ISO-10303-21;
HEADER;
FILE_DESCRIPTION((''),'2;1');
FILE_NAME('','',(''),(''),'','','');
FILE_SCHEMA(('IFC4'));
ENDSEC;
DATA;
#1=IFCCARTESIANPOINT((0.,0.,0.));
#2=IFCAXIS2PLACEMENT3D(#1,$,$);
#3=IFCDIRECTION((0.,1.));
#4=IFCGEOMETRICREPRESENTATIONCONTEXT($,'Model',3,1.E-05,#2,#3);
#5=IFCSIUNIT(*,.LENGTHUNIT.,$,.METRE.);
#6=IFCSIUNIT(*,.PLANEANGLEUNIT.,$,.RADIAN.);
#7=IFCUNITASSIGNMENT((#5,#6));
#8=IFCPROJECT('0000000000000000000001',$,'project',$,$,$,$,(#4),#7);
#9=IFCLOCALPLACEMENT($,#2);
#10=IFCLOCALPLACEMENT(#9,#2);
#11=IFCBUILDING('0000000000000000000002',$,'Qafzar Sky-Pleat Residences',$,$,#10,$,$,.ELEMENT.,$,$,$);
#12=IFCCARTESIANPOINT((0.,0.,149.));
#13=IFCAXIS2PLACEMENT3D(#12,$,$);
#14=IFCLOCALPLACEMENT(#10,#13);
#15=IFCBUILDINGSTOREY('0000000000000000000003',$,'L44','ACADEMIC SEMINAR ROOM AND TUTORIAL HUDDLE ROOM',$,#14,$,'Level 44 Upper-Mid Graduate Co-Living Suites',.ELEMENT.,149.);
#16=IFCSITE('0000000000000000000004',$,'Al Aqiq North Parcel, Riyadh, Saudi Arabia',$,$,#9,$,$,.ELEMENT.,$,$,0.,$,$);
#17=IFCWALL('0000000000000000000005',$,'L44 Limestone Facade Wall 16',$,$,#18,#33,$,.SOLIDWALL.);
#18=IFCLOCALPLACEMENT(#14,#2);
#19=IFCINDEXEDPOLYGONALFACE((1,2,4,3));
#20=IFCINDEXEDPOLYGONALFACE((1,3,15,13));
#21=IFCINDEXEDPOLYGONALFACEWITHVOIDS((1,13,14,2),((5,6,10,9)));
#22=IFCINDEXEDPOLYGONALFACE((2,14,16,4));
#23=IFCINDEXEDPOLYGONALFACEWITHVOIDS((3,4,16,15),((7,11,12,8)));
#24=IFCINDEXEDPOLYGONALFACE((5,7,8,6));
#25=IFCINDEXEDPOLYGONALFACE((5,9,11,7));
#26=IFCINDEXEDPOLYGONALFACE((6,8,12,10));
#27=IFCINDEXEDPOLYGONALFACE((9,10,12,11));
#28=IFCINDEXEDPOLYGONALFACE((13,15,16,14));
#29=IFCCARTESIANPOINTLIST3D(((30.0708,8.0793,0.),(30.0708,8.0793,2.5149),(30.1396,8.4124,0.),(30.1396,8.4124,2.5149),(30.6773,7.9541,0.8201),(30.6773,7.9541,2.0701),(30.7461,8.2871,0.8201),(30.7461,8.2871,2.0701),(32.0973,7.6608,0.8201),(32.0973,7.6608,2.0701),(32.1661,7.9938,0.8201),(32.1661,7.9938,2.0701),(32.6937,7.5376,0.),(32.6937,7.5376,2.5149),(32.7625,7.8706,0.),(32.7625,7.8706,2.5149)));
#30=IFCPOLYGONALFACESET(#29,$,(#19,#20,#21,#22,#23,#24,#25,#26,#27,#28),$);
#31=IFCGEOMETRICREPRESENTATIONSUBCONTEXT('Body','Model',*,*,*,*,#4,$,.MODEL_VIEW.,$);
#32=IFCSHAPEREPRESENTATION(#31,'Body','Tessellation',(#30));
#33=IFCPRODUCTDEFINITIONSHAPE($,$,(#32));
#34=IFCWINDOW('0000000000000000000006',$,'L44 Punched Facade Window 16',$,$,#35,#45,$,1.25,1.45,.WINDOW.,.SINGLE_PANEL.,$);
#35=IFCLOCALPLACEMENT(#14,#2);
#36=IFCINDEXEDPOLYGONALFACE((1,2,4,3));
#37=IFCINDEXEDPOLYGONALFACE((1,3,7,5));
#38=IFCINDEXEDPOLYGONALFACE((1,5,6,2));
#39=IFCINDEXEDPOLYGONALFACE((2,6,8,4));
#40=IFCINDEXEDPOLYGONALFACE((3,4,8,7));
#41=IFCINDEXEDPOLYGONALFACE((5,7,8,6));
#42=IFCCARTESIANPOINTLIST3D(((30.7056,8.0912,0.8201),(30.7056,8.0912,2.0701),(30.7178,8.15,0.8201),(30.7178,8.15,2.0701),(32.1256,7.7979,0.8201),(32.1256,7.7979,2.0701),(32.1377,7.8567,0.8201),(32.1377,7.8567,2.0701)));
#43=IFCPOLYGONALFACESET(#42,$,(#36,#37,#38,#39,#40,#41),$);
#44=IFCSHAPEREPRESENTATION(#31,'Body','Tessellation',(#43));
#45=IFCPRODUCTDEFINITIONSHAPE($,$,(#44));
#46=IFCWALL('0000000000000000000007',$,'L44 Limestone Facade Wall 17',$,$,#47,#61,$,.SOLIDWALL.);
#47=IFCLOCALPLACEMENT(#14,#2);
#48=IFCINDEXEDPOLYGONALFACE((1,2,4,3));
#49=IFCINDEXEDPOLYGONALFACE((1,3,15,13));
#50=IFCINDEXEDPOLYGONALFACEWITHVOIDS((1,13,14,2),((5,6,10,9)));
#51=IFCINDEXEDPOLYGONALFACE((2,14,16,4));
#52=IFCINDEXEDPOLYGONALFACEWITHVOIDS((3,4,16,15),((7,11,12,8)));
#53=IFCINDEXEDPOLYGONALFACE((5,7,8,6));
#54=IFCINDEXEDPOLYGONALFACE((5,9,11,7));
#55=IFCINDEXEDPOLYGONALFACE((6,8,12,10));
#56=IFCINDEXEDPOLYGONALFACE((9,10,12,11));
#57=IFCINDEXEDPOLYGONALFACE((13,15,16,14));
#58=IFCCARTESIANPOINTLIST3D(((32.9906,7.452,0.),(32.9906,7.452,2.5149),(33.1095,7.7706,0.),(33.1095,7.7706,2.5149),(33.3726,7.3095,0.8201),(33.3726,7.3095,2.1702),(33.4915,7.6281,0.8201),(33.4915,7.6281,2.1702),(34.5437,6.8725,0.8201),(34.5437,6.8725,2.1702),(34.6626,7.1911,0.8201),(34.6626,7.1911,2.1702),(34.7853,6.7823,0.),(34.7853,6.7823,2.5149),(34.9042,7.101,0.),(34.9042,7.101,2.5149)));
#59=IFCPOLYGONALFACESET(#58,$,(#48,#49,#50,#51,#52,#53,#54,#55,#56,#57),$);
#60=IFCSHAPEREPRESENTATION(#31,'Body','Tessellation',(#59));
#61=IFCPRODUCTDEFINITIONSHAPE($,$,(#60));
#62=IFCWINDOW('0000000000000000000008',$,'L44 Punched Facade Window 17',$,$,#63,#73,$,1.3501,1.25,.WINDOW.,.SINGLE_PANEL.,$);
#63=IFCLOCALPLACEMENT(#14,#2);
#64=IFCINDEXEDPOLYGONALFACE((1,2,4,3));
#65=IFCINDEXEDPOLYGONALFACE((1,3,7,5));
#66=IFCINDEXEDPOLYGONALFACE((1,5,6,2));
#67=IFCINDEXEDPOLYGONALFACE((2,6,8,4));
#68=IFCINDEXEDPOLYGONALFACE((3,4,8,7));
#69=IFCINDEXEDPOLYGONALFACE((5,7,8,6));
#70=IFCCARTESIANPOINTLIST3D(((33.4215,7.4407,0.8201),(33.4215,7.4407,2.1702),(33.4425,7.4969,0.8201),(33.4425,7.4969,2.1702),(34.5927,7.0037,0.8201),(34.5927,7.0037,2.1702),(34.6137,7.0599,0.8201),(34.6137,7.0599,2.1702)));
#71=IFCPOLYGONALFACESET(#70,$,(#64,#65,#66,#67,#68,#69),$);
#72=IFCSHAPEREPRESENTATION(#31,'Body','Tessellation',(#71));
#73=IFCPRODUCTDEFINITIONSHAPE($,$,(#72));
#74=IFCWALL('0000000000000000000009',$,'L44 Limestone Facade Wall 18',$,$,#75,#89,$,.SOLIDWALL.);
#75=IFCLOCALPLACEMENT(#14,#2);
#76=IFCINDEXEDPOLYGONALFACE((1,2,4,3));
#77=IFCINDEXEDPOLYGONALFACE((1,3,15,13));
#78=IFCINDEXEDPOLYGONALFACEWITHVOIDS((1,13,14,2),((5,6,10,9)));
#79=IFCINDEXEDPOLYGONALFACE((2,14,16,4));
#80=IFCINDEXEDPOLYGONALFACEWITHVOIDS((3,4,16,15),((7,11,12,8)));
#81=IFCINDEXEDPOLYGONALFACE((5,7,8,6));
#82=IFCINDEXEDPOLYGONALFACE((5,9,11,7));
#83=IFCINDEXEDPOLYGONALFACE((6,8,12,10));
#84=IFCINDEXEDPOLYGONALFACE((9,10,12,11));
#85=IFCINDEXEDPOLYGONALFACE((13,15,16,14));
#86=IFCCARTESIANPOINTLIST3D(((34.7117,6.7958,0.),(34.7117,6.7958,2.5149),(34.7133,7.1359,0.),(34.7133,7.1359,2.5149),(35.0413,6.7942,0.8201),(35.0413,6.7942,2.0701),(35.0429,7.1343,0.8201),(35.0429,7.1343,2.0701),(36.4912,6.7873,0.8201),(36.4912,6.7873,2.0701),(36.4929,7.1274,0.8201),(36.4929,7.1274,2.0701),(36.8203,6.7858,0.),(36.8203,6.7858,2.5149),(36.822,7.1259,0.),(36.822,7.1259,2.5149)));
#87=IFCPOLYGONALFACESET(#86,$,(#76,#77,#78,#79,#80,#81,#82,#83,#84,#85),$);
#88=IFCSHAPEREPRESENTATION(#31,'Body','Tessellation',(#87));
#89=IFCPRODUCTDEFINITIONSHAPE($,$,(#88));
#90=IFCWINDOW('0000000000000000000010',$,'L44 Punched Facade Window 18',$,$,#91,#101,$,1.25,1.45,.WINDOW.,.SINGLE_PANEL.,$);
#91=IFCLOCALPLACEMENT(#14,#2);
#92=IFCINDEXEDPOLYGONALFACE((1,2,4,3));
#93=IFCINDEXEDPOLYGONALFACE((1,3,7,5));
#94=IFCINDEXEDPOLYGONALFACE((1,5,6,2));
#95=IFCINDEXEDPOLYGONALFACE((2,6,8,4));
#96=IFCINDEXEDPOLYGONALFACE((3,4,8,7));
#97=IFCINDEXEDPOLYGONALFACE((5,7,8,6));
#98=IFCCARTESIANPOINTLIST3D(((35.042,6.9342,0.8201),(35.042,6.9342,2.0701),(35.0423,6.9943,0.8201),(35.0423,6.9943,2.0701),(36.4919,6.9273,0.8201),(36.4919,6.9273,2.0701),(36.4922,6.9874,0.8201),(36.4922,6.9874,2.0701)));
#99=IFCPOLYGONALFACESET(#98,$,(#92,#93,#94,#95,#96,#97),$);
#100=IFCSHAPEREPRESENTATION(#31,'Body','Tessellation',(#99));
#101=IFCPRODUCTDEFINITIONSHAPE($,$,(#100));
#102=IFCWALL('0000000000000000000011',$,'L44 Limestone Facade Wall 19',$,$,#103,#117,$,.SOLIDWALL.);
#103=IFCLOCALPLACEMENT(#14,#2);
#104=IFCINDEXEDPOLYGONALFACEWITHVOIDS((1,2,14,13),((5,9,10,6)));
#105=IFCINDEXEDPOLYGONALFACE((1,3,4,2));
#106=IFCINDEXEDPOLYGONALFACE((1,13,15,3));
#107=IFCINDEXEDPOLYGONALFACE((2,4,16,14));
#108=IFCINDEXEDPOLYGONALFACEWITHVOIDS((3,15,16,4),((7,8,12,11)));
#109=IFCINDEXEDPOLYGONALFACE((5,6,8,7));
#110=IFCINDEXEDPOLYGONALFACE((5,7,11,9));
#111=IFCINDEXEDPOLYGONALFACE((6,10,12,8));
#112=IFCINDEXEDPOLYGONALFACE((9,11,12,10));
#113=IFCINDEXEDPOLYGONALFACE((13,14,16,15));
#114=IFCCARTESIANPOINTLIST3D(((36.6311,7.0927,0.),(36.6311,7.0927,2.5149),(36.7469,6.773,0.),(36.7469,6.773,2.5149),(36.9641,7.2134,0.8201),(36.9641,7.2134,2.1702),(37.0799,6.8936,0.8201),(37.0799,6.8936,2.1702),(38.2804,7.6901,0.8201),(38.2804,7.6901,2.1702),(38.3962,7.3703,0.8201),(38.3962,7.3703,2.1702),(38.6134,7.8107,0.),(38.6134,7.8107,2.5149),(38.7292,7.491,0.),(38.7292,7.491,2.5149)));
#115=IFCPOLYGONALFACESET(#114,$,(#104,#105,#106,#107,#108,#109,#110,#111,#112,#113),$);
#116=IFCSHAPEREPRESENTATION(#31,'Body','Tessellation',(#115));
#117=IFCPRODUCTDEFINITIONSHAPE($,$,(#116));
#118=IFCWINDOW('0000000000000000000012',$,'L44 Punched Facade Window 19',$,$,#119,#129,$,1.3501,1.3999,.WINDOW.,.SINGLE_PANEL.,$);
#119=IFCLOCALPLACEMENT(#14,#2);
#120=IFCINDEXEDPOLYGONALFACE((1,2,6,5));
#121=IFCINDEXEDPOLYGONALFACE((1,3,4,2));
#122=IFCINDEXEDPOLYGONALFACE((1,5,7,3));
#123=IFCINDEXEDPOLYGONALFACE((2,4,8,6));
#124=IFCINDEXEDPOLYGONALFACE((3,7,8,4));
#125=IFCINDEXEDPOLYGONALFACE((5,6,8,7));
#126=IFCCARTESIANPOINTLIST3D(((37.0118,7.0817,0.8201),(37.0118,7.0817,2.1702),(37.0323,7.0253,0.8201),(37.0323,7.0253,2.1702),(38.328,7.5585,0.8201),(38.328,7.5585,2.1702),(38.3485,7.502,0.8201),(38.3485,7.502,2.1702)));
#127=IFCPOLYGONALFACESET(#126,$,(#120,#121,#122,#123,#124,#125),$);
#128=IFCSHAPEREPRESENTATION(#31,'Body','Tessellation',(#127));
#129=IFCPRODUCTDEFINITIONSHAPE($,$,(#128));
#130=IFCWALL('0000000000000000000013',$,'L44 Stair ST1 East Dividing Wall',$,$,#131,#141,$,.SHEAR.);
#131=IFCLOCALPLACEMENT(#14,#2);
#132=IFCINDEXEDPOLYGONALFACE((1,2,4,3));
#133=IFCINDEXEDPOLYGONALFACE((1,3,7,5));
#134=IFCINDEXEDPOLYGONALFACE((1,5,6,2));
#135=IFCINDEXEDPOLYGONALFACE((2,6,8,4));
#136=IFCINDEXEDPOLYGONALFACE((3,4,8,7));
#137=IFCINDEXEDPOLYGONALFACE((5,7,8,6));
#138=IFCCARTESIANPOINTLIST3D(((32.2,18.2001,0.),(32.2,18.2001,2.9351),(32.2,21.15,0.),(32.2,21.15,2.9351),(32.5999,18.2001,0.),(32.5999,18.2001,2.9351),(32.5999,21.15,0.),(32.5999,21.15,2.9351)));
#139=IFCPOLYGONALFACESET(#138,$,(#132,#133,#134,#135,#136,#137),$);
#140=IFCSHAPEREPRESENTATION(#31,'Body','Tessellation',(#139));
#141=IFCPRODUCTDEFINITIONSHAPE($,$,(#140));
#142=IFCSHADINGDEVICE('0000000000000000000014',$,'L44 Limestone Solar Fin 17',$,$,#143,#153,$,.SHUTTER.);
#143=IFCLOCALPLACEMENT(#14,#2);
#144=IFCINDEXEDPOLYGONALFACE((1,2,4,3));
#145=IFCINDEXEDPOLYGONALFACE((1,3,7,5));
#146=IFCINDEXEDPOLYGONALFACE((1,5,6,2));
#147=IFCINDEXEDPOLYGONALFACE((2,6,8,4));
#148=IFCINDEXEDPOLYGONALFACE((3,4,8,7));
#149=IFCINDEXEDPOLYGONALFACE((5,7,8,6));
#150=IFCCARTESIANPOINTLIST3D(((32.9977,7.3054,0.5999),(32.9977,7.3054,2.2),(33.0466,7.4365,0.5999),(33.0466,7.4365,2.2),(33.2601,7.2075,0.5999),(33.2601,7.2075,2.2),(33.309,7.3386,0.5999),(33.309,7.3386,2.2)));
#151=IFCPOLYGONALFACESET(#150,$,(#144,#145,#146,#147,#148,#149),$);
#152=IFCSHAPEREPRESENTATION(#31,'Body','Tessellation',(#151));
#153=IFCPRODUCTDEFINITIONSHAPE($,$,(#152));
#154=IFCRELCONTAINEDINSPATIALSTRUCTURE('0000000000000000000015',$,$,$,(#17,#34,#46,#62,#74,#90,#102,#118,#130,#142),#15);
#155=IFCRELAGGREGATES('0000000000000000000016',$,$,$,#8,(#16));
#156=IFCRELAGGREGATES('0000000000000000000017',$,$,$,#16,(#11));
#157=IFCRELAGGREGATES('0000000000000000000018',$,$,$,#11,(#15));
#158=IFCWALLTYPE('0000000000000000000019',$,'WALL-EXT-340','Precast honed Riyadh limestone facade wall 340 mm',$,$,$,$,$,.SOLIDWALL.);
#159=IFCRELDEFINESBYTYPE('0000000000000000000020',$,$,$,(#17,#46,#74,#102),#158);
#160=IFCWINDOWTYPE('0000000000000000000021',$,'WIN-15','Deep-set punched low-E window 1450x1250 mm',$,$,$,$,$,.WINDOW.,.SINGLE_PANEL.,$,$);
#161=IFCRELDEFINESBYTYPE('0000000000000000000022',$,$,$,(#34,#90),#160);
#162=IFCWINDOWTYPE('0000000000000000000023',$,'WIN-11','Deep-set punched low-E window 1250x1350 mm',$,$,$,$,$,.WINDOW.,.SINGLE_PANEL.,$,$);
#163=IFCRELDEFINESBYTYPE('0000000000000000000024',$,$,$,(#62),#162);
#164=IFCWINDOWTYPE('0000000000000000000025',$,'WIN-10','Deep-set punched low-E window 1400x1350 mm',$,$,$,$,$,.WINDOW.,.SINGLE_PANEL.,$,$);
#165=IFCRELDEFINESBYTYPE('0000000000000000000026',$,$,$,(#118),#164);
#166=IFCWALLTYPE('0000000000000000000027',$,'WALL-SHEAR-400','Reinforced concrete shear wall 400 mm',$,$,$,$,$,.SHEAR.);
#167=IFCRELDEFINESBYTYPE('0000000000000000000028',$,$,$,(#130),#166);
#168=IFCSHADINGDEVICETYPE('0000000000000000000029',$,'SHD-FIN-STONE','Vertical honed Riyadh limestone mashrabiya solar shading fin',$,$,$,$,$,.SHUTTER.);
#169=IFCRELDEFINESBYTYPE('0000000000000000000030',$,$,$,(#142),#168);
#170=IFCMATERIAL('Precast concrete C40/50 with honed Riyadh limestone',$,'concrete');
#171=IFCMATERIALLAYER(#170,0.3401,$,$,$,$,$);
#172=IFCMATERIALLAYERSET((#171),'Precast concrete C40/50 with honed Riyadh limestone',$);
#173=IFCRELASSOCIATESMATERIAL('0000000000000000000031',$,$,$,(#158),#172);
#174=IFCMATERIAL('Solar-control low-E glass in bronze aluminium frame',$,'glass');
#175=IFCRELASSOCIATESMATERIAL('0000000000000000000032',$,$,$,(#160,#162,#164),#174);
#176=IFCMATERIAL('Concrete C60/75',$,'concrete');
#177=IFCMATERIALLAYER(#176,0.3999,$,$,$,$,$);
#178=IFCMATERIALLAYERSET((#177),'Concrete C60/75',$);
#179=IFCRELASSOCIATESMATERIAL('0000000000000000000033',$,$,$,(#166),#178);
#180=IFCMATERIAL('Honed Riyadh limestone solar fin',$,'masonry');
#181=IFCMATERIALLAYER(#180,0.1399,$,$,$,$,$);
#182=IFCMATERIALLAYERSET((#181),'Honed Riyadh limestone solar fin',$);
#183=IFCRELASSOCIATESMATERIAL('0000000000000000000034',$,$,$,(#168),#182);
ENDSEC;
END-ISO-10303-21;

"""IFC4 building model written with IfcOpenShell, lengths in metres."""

from ifc_helpers import new_model, si_unit, direction, frame, frame_2d, origin, origin_2d, place, context, subcontext, project, spatial, rectangle, extrude, source, transform, mapped, material, layer, layer_set, type_object, element, fill, save


model = new_model("IFC4")

# Units and contexts
model_context = context("Model", 3, precision=1e-05, world=origin(), true_north=direction((0.0, 1.0)))
body_context = subcontext(model_context, "Body", "Model", "MODEL_VIEW")
ifc_project = project(units=[si_unit("LENGTHUNIT", "METRE"), si_unit("PLANEANGLEUNIT", "RADIAN")], contexts=[model_context])

# Site, building, storey
site_placement = place(None, origin())
site = spatial("IfcSite", under=ifc_project, at=site_placement, Name="Al Aqiq North Parcel, Riyadh, Saudi Arabia", CompositionType="ELEMENT", RefElevation=0.0)
building_placement = place(site_placement, origin())
building = spatial("IfcBuilding", under=site, at=building_placement, Name="Qafzar Sky-Pleat Residences", CompositionType="ELEMENT")
storey_placement = place(building_placement, frame((0.0, 0.0, 149.0)))
storey = spatial("IfcBuildingStorey", under=building, at=storey_placement, Name="L44", Description="ACADEMIC SEMINAR ROOM AND TUTORIAL HUDDLE ROOM", LongName="Level 44 Upper-Mid Graduate Co-Living Suites", CompositionType="ELEMENT", Elevation=149.0)

# Shared definitions
ifc_material_1 = material(Name="Concrete C60/75", Category="concrete")

# Walls, openings, windows
ifc_material_2 = material(Name="Precast concrete C40/50 with honed Riyadh limestone", Category="concrete")
ifc_layer_1 = layer(ifc_material_2, 0.3401)
ifc_layer_set_1 = layer_set([ifc_layer_1], Name="Precast concrete C40/50 with honed Riyadh limestone")
wall_type_1 = type_object("IfcWallType", Name="WALL-EXT-340", Description="Precast honed Riyadh limestone facade wall 340 mm", PredefinedType="SOLIDWALL", material=ifc_layer_set_1)
ifc_material_3 = material(Name="Solar-control low-E glass in bronze aluminium frame", Category="glass")
wall_1_placement = place(storey_placement, frame((30.1052, 8.2458, 0.0), z_axis=(0.0, 0.0, 1.0), x_axis=(0.979327, -0.202283, 0.0)))
wall_1 = element("IfcWall", 1, at=wall_1_placement, inside=storey, type_object=wall_type_1, Name="L44 Limestone Facade Wall 16", PredefinedType="SOLIDWALL", context=body_context, shape_type="SweptSolid", body=[
    extrude(rectangle(XDim=2.6782, YDim=0.3401, at=frame_2d((1.3391, 0.0))), origin(), (0.0, 0.0, 1.0), 2.5149),
])
opening_1_placement = place(wall_1_placement, frame((0.6191, 0.0, 0.8201)))
opening_1 = element("IfcOpeningElement", 2, at=opening_1_placement, cuts=wall_1, PredefinedType="OPENING", context=body_context, shape_type="SweptSolid", body=[
    extrude(rectangle(XDim=1.45, YDim=1.25, at=frame_2d((0.7251, 0.625))), frame((0.0, 0.1802, 0.0), z_axis=(0.0, -1.0, 0.0), x_axis=(1.0, 0.0, 0.0)), (0.0, 0.0, 1.0), 0.3601),
])
window_type_1 = type_object("IfcWindowType", Name="WIN-15", Description="Deep-set punched low-E window 1450x1250 mm", PartitioningType="SINGLE_PANEL", PredefinedType="WINDOW", material=ifc_material_3)
shared_shape_1 = source(origin(), body_context, "Body", "SweptSolid", [
    extrude(rectangle(XDim=1.45, YDim=1.25, at=frame_2d((0.7251, 0.625))), frame((0.0, 0.03, 0.0), z_axis=(0.0, -1.0, 0.0), x_axis=(1.0, 0.0, 0.0)), (0.0, 0.0, 1.0), 0.0601),
])
window_1_placement = place(opening_1_placement, origin())
window_1 = element("IfcWindow", 3, at=window_1_placement, inside=storey, type_object=window_type_1, Name="L44 Punched Facade Window 16", OverallHeight=1.25, OverallWidth=1.45, PartitioningType="SINGLE_PANEL", PredefinedType="WINDOW", context=body_context, shape_type="MappedRepresentation", body=[
    mapped(shared_shape_1, transform((0.0, 0.0, 0.0), x_axis=(1.0, 0.0, 0.0), y_axis=(0.0, 1.0, 0.0), z_axis=(0.0, 0.0, 1.0), scale=1.0)),
])
fill(opening_1, window_1)
wall_2_placement = place(storey_placement, frame((33.05, 7.6113, 0.0), z_axis=(0.0, 0.0, 1.0), x_axis=(0.936899, -0.349601, 0.0)))
wall_2 = element("IfcWall", 4, at=wall_2_placement, inside=storey, type_object=wall_type_1, Name="L44 Limestone Facade Wall 17", PredefinedType="SOLIDWALL", context=body_context, shape_type="SweptSolid", body=[
    extrude(rectangle(XDim=1.9155, YDim=0.3401, at=frame_2d((0.9578, 0.0))), origin(), (0.0, 0.0, 1.0), 2.5149),
])
opening_2_placement = place(wall_2_placement, frame((0.4077, 0.0, 0.8201)))
opening_2 = element("IfcOpeningElement", 5, at=opening_2_placement, cuts=wall_2, PredefinedType="OPENING", context=body_context, shape_type="SweptSolid", body=[
    extrude(rectangle(XDim=1.25, YDim=1.3501, at=frame_2d((0.625, 0.675))), frame((0.0, 0.1802, 0.0), z_axis=(0.0, -1.0, 0.0), x_axis=(1.0, 0.0, 0.0)), (0.0, 0.0, 1.0), 0.3601),
])
window_type_2 = type_object("IfcWindowType", Name="WIN-11", Description="Deep-set punched low-E window 1250x1350 mm", PartitioningType="SINGLE_PANEL", PredefinedType="WINDOW", material=ifc_material_3)
shared_shape_2 = source(origin(), body_context, "Body", "SweptSolid", [
    extrude(rectangle(XDim=1.25, YDim=1.3501, at=frame_2d((0.625, 0.675))), frame((0.0, 0.03, 0.0), z_axis=(0.0, -1.0, 0.0), x_axis=(1.0, 0.0, 0.0)), (0.0, 0.0, 1.0), 0.0601),
])
window_2_placement = place(opening_2_placement, origin())
window_2 = element("IfcWindow", 6, at=window_2_placement, inside=storey, type_object=window_type_2, Name="L44 Punched Facade Window 17", OverallHeight=1.3501, OverallWidth=1.25, PartitioningType="SINGLE_PANEL", PredefinedType="WINDOW", context=body_context, shape_type="MappedRepresentation", body=[
    mapped(shared_shape_2, transform((0.0, 0.0, 0.0), x_axis=(1.0, 0.0, 0.0), y_axis=(0.0, 1.0, 0.0), z_axis=(0.0, 0.0, 1.0), scale=1.0)),
])
fill(opening_2, window_2)
wall_3_placement = place(storey_placement, frame((34.7126, 6.9658, 0.0), z_axis=(0.0, 0.0, 1.0), x_axis=(0.999989, -0.004747, 0.0)))
wall_3 = element("IfcWall", 7, at=wall_3_placement, inside=storey, type_object=wall_type_1, Name="L44 Limestone Facade Wall 18", PredefinedType="SOLIDWALL", context=body_context, shape_type="SweptSolid", body=[
    extrude(rectangle(XDim=2.1086, YDim=0.3401, at=frame_2d((1.0542, 0.0))), origin(), (0.0, 0.0, 1.0), 2.5149),
])
opening_3_placement = place(wall_3_placement, frame((0.3293, 0.0, 0.8201)))
opening_3 = element("IfcOpeningElement", 8, at=opening_3_placement, cuts=wall_3, PredefinedType="OPENING", context=body_context, shape_type="SweptSolid", body=[
    extrude(rectangle(XDim=1.45, YDim=1.25, at=frame_2d((0.7251, 0.625))), frame((0.0, 0.1802, 0.0), z_axis=(0.0, -1.0, 0.0), x_axis=(1.0, 0.0, 0.0)), (0.0, 0.0, 1.0), 0.3601),
])
window_3_placement = place(opening_3_placement, origin())
window_3 = element("IfcWindow", 9, at=window_3_placement, inside=storey, type_object=window_type_1, Name="L44 Punched Facade Window 18", OverallHeight=1.25, OverallWidth=1.45, PartitioningType="SINGLE_PANEL", PredefinedType="WINDOW", context=body_context, shape_type="MappedRepresentation", body=[
    mapped(shared_shape_1, transform((0.0, 0.0, 0.0), x_axis=(1.0, 0.0, 0.0), y_axis=(0.0, 1.0, 0.0), z_axis=(0.0, 0.0, 1.0), scale=1.0)),
])
fill(opening_3, window_3)
wall_4_placement = place(storey_placement, frame((36.689, 6.9329, 0.0), z_axis=(0.0, 0.0, 1.0), x_axis=(0.940229, 0.340543, 0.0)))
wall_4 = element("IfcWall", 10, at=wall_4_placement, inside=storey, type_object=wall_type_1, Name="L44 Limestone Facade Wall 19", PredefinedType="SOLIDWALL", context=body_context, shape_type="SweptSolid", body=[
    extrude(rectangle(XDim=2.1084, YDim=0.3401, at=frame_2d((1.0542, 0.0))), origin(), (0.0, 0.0, 1.0), 2.5149),
])
opening_4_placement = place(wall_4_placement, frame((0.3542, 0.0, 0.8201)))
opening_4 = element("IfcOpeningElement", 11, at=opening_4_placement, cuts=wall_4, PredefinedType="OPENING", context=body_context, shape_type="SweptSolid", body=[
    extrude(rectangle(XDim=1.3999, YDim=1.3501, at=frame_2d((0.7, 0.675))), frame((0.0, 0.1802, 0.0), z_axis=(0.0, -1.0, 0.0), x_axis=(1.0, 0.0, 0.0)), (0.0, 0.0, 1.0), 0.3601),
])
window_type_3 = type_object("IfcWindowType", Name="WIN-10", Description="Deep-set punched low-E window 1400x1350 mm", PartitioningType="SINGLE_PANEL", PredefinedType="WINDOW", material=ifc_material_3)
shared_shape_3 = source(origin(), body_context, "Body", "SweptSolid", [
    extrude(rectangle(XDim=1.3999, YDim=1.3501, at=frame_2d((0.7, 0.675))), frame((0.0, 0.03, 0.0), z_axis=(0.0, -1.0, 0.0), x_axis=(1.0, 0.0, 0.0)), (0.0, 0.0, 1.0), 0.0601),
])
window_4_placement = place(opening_4_placement, origin())
window_4 = element("IfcWindow", 12, at=window_4_placement, inside=storey, type_object=window_type_3, Name="L44 Punched Facade Window 19", OverallHeight=1.3501, OverallWidth=1.3999, PartitioningType="SINGLE_PANEL", PredefinedType="WINDOW", context=body_context, shape_type="MappedRepresentation", body=[
    mapped(shared_shape_3, transform((0.0, 0.0, 0.0), x_axis=(1.0, 0.0, 0.0), y_axis=(0.0, 1.0, 0.0), z_axis=(0.0, 0.0, 1.0), scale=1.0)),
])
fill(opening_4, window_4)

# Wall
ifc_layer_2 = layer(ifc_material_1, 0.3999)
ifc_layer_set_2 = layer_set([ifc_layer_2], Name="Concrete C60/75")
wall_type_2 = type_object("IfcWallType", Name="WALL-SHEAR-400", Description="Reinforced concrete shear wall 400 mm", PredefinedType="SHEAR", material=ifc_layer_set_2)
wall_5_placement = place(storey_placement, frame((32.3999, 18.2, 0.0), z_axis=(0.0, 0.0, 1.0), x_axis=(0.0, 1.0, 0.0)))
element("IfcWall", 13, at=wall_5_placement, inside=storey, type_object=wall_type_2, Name="L44 Stair ST1 East Dividing Wall", PredefinedType="SHEAR", context=body_context, shape_type="SweptSolid", body=[
    extrude(rectangle(XDim=2.95, YDim=0.3999, at=frame_2d((1.4751, 0.0))), origin(), (0.0, 0.0, 1.0), 2.9351),
])

# Shading device
ifc_material_4 = material(Name="Honed Riyadh limestone solar fin", Category="masonry")
ifc_layer_3 = layer(ifc_material_4, 0.1399)
ifc_layer_set_3 = layer_set([ifc_layer_3], Name="Honed Riyadh limestone solar fin")
shading_device_type = type_object("IfcShadingDeviceType", Name="SHD-FIN-STONE", Description="Vertical honed Riyadh limestone mashrabiya solar shading fin", PredefinedType="SHUTTER", material=ifc_layer_set_3)
shared_shape_4 = source(origin(), body_context, "Body", "SweptSolid", [
    extrude(rectangle(XDim=0.1399, YDim=0.28, at=origin_2d()), origin(), (0.0, 0.0, 1.0), 1.6001),
])
shading_device_placement = place(storey_placement, frame((33.1533, 7.322, 0.5999), z_axis=(0.0, 0.0, 1.0), x_axis=(-0.349549, -0.936918, 0.0)))
element("IfcShadingDevice", 14, at=shading_device_placement, inside=storey, type_object=shading_device_type, Name="L44 Limestone Solar Fin 17", PredefinedType="SHUTTER", context=body_context, shape_type="MappedRepresentation", body=[
    mapped(shared_shape_4, transform((0.0, 0.0, 0.0), x_axis=(1.0, 0.0, 0.0), y_axis=(0.0, 1.0, 0.0), z_axis=(0.0, 0.0, 1.0), scale=1.0)),
])

save(model, "model.ifc")
